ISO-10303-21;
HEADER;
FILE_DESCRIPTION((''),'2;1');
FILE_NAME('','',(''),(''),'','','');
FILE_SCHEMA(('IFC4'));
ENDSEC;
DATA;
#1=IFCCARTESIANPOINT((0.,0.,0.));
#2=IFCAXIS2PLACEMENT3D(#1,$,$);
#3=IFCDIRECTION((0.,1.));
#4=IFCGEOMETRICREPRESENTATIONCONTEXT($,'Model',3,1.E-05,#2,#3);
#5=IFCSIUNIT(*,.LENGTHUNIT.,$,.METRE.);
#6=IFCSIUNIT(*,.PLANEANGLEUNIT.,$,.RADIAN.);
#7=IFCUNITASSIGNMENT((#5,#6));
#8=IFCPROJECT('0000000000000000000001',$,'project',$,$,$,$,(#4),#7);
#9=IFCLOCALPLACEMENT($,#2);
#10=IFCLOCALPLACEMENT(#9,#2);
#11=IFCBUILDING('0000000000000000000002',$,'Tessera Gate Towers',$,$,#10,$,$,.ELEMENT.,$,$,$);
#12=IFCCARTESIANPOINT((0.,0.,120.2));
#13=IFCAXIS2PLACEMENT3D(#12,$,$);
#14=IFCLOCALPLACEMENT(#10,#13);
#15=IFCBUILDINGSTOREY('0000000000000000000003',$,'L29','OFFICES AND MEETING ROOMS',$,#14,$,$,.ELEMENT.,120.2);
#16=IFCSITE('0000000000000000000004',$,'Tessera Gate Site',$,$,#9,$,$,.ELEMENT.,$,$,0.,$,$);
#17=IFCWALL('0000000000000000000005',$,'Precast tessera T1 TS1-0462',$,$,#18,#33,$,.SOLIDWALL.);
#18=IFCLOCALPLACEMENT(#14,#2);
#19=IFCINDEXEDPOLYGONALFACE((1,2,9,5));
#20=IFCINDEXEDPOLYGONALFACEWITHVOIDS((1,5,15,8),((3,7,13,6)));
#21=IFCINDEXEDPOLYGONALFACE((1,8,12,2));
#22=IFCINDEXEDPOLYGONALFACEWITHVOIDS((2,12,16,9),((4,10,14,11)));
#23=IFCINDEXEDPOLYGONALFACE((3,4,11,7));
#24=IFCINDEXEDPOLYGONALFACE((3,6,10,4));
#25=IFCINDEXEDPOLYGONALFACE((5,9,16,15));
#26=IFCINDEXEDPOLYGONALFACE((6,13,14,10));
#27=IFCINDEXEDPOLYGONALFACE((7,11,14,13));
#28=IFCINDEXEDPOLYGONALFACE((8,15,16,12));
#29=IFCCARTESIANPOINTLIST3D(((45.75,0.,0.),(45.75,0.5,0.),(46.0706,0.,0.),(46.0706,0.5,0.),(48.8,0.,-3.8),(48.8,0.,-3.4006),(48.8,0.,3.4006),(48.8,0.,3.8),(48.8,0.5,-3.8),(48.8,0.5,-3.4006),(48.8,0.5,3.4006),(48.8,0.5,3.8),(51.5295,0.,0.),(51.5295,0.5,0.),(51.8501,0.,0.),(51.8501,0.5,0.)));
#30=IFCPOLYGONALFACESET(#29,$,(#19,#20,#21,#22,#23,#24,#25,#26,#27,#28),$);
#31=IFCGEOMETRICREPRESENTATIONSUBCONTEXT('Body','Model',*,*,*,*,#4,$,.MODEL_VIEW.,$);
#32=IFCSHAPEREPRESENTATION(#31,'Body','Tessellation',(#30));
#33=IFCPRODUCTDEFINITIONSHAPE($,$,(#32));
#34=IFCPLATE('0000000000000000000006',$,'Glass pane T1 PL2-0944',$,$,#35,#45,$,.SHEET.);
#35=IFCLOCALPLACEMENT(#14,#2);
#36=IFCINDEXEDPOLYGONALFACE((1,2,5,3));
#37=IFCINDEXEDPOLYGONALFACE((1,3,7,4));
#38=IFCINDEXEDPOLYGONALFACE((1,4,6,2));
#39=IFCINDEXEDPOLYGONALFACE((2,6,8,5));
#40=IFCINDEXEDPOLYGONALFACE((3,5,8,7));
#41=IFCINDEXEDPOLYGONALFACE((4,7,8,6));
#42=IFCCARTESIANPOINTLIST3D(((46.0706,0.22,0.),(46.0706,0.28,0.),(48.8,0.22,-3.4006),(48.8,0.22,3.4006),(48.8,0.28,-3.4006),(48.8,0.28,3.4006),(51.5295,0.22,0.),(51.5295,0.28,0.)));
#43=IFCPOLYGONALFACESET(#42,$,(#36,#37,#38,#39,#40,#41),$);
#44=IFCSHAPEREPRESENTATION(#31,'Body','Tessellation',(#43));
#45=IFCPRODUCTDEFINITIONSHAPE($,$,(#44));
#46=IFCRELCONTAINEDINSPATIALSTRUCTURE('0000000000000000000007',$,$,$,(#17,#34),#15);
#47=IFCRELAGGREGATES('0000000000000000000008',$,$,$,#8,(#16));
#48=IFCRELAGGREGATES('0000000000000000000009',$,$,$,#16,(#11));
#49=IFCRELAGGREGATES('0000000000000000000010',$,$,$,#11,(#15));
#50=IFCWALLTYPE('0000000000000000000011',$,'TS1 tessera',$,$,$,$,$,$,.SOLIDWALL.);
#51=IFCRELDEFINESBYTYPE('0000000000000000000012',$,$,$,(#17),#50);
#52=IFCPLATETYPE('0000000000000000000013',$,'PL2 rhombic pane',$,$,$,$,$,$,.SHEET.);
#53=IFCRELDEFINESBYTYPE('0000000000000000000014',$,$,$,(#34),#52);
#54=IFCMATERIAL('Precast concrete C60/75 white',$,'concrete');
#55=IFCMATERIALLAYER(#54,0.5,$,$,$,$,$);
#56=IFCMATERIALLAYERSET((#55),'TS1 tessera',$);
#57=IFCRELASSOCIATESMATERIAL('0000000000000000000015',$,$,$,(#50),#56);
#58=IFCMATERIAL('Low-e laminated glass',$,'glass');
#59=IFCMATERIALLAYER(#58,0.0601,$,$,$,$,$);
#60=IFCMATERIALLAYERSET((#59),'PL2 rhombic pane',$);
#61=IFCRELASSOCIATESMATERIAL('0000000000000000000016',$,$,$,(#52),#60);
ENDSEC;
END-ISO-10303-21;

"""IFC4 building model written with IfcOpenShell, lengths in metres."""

from ifc_helpers import new_model, si_unit, direction, frame, origin, place, context, subcontext, project, spatial, polyline, outline, extrude, source, transform, mapped, material, layer, layer_set, type_object, element, fill, save


model = new_model("IFC4")

# Units and contexts
model_context = context("Model", 3, precision=1e-05, world=origin(), true_north=direction((0.0, 1.0)))
body_context = subcontext(model_context, "Body", "Model", "MODEL_VIEW")
ifc_project = project(units=[si_unit("LENGTHUNIT", "METRE"), si_unit("PLANEANGLEUNIT", "RADIAN")], contexts=[model_context])

# Site, building, storey
site_placement = place(None, origin())
site = spatial("IfcSite", under=ifc_project, at=site_placement, Name="Tessera Gate Site", CompositionType="ELEMENT", RefElevation=0.0)
building_placement = place(site_placement, origin())
building = spatial("IfcBuilding", under=site, at=building_placement, Name="Tessera Gate Towers", CompositionType="ELEMENT")
storey_placement = place(building_placement, frame((0.0, 0.0, 120.2)))
storey = spatial("IfcBuildingStorey", under=building, at=storey_placement, Name="L29", Description="OFFICES AND MEETING ROOMS", CompositionType="ELEMENT", Elevation=120.2)

# Wall, opening, plate
ifc_material_1 = material(Name="Precast concrete C60/75 white", Category="concrete")
ifc_layer_1 = layer(ifc_material_1, 0.5)
ifc_layer_set_1 = layer_set([ifc_layer_1], Name="TS1 tessera")
wall_type_1 = type_object("IfcWallType", Name="TS1 tessera", PredefinedType="SOLIDWALL", material=ifc_layer_set_1)
shared_shape_1 = source(origin(), body_context, "Body", "SweptSolid", [
    extrude(outline(polyline([(3.05, 0.0), (6.1001, 3.8), (3.05, 7.6001), (0.0, 3.8), (3.05, 0.0)])), frame((0.0, 0.25, 0.0), z_axis=(0.0, -1.0, 0.0), x_axis=(1.0, 0.0, 0.0)), (0.0, 0.0, 1.0), 0.5),
])
shared_shape_2 = source(origin(), body_context, "Body", "SweptSolid", [
    extrude(outline(polyline([(3.05, 0.3994), (5.7795, 3.8), (3.05, 7.2007), (0.3206, 3.8), (3.05, 0.3994)])), frame((0.0, 0.26, 0.0), z_axis=(0.0, -1.0, 0.0), x_axis=(1.0, 0.0, 0.0)), (0.0, 0.0, 1.0), 0.52),
])
ifc_material_2 = material(Name="Low-e laminated glass", Category="glass")
ifc_layer_2 = layer(ifc_material_2, 0.0601)
ifc_layer_set_2 = layer_set([ifc_layer_2], Name="PL2 rhombic pane")
plate_type = type_object("IfcPlateType", Name="PL2 rhombic pane", PredefinedType="SHEET", material=ifc_layer_set_2)
shared_shape_3 = source(origin(), body_context, "Body", "SweptSolid", [
    extrude(outline(polyline([(3.05, 0.3994), (5.7795, 3.8), (3.05, 7.2007), (0.3206, 3.8), (3.05, 0.3994)])), frame((0.0, 0.03, 0.0), z_axis=(0.0, -1.0, 0.0), x_axis=(1.0, 0.0, 0.0)), (0.0, 0.0, 1.0), 0.0601),
])
wall_1_placement = place(storey_placement, frame((45.75, 0.25, -3.8), z_axis=(0.0, 0.0, 1.0), x_axis=(1.0, 0.0, 0.0)))
wall_1 = element("IfcWall", 1, at=wall_1_placement, inside=storey, type_object=wall_type_1, Name="Precast tessera T1 TS1-0462", PredefinedType="SOLIDWALL", context=body_context, shape_type="MappedRepresentation", body=[
    mapped(shared_shape_1, transform((0.0, 0.0, 0.0), scale=1.0)),
])
opening_1_placement = place(wall_1_placement, origin())
opening_1 = element("IfcOpeningElement", 2, at=opening_1_placement, cuts=wall_1, PredefinedType="OPENING", context=body_context, shape_type="MappedRepresentation", body=[
    mapped(shared_shape_2, transform((0.0, 0.0, 0.0), scale=1.0)),
])
plate_1_placement = place(opening_1_placement, origin())
plate_1 = element("IfcPlate", 3, at=plate_1_placement, inside=storey, type_object=plate_type, Name="Glass pane T1 PL2-0944", PredefinedType="SHEET", context=body_context, shape_type="MappedRepresentation", body=[
    mapped(shared_shape_3, transform((0.0, 0.0, 0.0), scale=1.0)),
])
fill(opening_1, plate_1)

save(model, "model.ifc")
